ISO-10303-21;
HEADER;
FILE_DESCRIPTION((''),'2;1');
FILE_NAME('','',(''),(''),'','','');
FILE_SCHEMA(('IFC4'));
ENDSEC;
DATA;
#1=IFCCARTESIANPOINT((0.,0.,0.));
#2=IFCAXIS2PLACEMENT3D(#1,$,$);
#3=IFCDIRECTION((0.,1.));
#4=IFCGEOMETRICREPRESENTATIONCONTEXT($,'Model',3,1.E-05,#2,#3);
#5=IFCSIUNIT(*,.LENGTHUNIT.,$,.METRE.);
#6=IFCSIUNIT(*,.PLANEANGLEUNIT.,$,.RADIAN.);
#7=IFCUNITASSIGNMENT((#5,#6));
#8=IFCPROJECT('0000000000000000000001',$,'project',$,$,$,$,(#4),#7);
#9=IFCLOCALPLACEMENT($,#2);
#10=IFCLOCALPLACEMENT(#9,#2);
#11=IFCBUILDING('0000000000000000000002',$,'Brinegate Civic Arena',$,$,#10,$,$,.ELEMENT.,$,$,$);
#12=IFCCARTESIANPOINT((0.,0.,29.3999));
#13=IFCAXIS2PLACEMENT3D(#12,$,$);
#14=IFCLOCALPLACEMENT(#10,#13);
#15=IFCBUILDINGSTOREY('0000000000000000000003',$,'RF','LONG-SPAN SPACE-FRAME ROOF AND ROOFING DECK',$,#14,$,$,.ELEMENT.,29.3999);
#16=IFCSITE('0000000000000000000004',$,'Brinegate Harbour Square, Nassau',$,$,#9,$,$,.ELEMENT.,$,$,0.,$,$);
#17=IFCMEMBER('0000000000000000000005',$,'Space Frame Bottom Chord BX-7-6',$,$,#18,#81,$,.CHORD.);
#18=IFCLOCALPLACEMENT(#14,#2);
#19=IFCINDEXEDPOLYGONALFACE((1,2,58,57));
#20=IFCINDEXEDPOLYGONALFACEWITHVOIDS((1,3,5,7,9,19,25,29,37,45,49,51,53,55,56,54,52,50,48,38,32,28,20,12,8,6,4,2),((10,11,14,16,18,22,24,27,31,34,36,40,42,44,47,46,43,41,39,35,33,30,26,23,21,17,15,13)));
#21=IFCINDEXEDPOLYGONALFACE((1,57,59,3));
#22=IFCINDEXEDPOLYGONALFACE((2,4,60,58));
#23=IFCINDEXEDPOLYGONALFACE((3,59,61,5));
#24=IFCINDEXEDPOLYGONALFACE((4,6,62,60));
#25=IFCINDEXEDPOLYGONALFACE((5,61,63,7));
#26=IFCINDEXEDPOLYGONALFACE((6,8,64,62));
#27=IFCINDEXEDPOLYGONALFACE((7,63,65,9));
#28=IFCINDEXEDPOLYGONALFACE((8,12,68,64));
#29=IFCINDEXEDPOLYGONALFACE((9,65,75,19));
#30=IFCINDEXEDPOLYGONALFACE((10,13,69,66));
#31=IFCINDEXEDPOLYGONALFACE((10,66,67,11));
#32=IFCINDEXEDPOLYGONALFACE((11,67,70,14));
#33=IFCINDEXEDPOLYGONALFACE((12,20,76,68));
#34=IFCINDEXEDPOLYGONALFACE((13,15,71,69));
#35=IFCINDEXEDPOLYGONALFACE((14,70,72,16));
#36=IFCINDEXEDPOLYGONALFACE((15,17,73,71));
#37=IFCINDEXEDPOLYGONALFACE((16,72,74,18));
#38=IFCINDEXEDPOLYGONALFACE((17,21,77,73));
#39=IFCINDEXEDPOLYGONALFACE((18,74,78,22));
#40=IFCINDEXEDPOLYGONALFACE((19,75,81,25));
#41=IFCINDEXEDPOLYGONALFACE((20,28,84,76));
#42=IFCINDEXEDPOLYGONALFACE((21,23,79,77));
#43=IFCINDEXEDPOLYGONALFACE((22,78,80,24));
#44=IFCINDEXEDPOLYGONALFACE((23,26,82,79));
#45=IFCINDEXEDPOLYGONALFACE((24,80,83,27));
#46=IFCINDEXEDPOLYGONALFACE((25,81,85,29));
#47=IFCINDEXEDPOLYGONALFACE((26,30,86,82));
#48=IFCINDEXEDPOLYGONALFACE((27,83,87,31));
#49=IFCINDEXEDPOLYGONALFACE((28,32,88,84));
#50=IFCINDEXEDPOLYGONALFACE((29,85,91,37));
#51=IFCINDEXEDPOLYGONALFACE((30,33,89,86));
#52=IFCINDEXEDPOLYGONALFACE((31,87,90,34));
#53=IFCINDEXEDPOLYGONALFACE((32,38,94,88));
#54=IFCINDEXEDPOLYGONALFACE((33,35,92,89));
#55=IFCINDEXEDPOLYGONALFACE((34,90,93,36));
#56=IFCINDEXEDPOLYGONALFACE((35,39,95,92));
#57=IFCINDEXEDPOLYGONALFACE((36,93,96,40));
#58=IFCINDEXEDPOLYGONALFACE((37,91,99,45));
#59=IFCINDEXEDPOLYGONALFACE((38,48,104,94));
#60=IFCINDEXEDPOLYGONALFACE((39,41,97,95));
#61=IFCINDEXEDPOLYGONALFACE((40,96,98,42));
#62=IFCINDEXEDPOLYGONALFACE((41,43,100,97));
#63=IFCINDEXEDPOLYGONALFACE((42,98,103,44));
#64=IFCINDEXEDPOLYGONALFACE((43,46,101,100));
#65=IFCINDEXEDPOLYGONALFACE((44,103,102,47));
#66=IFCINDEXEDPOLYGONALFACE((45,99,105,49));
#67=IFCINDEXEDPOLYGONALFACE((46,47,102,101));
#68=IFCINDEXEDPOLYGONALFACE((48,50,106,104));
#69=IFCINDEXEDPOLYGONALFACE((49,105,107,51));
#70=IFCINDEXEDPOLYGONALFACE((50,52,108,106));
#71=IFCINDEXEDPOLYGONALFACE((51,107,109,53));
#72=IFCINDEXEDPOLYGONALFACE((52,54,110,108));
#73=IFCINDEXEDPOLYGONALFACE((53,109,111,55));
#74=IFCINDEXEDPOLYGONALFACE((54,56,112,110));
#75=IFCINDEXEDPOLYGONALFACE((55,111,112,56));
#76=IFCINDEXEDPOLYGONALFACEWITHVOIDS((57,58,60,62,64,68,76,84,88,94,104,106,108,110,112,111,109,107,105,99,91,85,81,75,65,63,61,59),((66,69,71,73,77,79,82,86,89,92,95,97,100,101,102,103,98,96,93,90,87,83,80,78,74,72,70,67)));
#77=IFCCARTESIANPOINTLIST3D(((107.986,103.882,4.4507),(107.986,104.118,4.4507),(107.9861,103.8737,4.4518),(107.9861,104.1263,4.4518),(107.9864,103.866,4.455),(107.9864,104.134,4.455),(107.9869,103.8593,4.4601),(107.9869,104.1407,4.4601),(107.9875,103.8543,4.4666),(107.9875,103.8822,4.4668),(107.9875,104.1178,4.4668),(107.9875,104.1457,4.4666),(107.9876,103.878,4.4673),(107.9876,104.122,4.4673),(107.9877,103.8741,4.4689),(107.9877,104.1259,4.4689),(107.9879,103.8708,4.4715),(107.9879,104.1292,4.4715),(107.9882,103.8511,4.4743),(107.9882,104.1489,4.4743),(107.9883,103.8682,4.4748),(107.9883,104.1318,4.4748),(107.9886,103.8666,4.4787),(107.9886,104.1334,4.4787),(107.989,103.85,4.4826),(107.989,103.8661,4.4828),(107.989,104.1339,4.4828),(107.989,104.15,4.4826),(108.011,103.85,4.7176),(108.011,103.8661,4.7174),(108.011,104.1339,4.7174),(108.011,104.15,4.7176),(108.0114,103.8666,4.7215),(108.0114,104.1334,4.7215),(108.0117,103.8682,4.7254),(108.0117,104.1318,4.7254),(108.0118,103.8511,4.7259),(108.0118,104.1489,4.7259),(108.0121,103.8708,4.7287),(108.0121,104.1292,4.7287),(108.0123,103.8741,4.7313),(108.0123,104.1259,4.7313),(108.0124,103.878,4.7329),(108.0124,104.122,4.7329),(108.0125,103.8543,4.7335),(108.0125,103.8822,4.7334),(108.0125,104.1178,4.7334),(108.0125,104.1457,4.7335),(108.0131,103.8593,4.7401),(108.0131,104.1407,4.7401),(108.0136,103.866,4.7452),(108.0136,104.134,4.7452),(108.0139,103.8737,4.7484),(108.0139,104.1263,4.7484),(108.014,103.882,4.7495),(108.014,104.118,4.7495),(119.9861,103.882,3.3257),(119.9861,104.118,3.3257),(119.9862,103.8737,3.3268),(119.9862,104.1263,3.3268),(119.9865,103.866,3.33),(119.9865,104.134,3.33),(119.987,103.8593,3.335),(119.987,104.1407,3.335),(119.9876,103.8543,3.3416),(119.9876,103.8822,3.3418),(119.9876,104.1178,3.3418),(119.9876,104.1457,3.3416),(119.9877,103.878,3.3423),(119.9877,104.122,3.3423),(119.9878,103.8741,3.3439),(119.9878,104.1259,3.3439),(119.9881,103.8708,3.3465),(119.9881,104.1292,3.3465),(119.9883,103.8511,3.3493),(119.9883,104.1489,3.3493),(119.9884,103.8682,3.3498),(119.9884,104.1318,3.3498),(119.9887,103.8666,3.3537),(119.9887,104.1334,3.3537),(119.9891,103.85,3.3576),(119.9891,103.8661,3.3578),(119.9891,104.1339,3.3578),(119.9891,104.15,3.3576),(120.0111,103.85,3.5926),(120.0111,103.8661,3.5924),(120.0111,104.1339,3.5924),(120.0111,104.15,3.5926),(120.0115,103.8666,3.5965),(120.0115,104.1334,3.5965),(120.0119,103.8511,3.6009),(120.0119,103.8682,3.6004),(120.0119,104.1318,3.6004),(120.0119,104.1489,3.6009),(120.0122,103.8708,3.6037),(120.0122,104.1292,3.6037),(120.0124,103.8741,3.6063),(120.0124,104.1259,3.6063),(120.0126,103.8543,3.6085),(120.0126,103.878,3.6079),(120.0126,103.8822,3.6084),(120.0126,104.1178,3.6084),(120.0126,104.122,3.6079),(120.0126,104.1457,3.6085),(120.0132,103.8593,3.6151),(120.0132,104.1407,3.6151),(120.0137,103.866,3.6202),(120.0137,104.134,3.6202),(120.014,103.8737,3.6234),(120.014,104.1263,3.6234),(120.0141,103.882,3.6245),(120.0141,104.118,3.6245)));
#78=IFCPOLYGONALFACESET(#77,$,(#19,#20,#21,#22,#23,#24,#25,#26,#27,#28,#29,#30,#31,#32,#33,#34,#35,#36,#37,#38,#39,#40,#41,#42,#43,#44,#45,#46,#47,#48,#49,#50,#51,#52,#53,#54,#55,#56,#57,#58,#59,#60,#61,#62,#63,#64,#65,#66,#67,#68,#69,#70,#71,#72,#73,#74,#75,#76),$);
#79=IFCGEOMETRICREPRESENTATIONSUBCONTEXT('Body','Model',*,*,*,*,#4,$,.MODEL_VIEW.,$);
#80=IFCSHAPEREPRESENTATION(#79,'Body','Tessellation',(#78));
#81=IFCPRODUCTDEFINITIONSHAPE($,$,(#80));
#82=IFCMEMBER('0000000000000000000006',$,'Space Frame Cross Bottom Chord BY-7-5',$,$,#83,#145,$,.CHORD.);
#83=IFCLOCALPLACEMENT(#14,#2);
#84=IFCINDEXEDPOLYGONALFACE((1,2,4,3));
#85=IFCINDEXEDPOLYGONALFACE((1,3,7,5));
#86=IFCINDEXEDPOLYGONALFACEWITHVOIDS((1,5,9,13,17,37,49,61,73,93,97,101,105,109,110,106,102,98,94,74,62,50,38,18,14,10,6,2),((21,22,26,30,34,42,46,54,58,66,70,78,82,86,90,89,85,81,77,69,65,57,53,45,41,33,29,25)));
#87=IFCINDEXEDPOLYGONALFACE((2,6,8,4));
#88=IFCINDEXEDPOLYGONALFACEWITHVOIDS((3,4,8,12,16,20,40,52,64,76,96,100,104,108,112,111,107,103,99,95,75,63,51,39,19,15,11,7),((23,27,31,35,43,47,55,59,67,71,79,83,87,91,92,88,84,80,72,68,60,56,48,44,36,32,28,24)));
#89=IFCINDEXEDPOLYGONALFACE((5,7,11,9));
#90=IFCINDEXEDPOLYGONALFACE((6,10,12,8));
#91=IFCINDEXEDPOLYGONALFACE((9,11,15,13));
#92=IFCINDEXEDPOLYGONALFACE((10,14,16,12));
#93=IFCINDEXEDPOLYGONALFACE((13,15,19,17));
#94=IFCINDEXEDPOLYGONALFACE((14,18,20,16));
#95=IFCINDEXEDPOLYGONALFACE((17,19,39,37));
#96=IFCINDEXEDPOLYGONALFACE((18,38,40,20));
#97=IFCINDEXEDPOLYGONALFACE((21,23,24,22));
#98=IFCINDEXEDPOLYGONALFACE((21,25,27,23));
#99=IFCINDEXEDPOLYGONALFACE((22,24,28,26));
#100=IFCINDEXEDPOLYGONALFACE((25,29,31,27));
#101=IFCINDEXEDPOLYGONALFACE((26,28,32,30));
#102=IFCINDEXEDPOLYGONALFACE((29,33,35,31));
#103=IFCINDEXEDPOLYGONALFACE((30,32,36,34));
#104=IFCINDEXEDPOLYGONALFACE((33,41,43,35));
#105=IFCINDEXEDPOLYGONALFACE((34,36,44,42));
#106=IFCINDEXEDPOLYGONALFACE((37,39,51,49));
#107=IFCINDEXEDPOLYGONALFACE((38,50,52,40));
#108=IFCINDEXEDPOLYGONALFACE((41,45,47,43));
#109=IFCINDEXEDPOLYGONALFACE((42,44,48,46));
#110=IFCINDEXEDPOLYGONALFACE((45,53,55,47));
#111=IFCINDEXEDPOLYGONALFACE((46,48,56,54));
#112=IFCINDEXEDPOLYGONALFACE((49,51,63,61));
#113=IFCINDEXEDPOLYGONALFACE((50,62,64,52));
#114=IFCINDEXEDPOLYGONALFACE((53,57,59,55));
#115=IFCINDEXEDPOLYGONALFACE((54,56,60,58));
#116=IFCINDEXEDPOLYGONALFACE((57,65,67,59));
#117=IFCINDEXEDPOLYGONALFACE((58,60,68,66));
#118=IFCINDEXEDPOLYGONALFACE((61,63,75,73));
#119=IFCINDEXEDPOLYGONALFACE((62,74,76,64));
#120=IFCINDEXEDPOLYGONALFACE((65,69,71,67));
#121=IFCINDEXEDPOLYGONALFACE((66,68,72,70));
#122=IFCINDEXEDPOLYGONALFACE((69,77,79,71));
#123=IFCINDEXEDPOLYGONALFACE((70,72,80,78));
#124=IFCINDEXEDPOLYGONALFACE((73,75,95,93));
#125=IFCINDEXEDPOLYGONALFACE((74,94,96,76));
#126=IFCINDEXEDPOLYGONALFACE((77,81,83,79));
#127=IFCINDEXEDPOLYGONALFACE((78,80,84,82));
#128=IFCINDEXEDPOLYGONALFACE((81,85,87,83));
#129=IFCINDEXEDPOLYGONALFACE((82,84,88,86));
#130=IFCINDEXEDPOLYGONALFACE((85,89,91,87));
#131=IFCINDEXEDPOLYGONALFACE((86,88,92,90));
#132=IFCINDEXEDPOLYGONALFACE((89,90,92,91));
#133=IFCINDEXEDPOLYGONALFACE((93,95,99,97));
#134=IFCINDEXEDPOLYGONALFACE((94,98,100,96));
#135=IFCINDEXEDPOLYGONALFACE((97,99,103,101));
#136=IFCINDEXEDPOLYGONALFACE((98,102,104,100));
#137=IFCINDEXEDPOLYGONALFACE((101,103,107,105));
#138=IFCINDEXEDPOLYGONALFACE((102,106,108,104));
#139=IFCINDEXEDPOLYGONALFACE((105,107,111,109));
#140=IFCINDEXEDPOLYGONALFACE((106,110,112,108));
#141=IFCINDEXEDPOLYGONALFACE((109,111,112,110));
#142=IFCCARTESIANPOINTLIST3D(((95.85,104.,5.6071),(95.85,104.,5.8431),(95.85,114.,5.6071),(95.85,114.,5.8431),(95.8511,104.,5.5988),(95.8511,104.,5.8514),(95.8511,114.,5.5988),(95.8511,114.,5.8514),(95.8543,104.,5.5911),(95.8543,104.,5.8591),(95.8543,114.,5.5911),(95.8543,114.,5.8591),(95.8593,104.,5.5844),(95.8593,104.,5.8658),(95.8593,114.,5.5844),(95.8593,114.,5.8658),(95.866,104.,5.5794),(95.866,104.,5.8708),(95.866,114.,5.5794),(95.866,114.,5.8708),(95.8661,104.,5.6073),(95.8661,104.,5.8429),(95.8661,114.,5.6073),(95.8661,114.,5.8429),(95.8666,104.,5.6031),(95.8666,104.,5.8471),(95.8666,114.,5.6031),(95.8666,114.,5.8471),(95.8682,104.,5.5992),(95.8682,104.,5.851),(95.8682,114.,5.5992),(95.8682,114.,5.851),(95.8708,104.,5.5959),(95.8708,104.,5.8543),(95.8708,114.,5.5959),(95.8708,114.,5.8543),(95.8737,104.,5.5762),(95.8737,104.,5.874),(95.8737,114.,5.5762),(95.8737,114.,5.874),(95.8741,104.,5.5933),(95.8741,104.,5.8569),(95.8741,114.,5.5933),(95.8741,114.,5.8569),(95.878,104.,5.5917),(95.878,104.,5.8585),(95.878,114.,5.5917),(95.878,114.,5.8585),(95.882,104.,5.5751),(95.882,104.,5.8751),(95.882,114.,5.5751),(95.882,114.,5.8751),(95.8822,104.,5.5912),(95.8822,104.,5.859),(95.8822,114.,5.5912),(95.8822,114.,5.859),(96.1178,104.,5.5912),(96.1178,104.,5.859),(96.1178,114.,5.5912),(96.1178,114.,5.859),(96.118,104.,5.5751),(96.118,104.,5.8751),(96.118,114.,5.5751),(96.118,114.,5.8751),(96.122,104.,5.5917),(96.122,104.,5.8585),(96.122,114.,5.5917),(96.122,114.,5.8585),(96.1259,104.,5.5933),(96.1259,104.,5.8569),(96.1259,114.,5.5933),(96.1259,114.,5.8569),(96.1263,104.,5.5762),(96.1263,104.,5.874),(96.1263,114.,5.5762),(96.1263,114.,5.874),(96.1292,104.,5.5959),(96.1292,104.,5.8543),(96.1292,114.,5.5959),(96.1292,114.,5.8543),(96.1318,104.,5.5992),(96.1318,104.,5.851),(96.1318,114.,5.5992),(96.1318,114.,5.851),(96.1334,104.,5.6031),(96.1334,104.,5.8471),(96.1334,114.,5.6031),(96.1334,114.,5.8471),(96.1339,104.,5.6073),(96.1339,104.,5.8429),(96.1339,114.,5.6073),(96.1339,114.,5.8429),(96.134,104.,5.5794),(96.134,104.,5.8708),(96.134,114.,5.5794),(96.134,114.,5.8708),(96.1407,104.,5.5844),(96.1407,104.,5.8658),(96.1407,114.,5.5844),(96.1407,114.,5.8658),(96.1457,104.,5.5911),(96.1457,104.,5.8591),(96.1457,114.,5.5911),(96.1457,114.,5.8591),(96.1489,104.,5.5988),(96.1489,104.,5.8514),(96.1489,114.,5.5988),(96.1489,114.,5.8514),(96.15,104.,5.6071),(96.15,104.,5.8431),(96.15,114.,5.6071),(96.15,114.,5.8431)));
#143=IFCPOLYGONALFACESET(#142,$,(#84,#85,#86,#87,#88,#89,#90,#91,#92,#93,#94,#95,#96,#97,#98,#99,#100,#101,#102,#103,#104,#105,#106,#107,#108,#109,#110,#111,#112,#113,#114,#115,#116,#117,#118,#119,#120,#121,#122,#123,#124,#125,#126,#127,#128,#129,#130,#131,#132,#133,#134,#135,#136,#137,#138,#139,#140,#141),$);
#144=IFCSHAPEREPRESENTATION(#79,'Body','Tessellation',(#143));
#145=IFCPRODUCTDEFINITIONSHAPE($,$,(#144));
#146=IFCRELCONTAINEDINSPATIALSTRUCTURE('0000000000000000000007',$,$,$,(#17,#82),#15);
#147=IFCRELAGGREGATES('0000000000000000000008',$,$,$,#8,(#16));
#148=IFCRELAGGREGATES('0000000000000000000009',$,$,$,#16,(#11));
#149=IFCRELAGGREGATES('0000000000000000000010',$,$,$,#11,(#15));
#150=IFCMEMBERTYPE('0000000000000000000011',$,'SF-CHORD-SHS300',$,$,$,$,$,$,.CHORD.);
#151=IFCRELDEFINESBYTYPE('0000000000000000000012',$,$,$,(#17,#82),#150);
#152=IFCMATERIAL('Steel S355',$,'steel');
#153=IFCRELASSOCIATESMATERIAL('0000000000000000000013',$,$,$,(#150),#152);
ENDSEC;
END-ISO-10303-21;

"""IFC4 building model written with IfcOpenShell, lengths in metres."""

from ifc_helpers import new_model, si_unit, direction, frame, origin, origin_2d, place, context, subcontext, project, spatial, hollow_rectangle, extrude, material, material_profile, profile_set, type_object, element, save


model = new_model("IFC4")

# Units and contexts
model_context = context("Model", 3, precision=1e-05, world=origin(), true_north=direction((0.0, 1.0)))
body_context = subcontext(model_context, "Body", "Model", "MODEL_VIEW")
ifc_project = project(units=[si_unit("LENGTHUNIT", "METRE"), si_unit("PLANEANGLEUNIT", "RADIAN")], contexts=[model_context])

# Site, building, storey
site_placement = place(None, origin())
site = spatial("IfcSite", under=ifc_project, at=site_placement, Name="Brinegate Harbour Square, Nassau", CompositionType="ELEMENT", RefElevation=0.0)
building_placement = place(site_placement, origin())
building = spatial("IfcBuilding", under=site, at=building_placement, Name="Brinegate Civic Arena", CompositionType="ELEMENT")
storey_placement = place(building_placement, frame((0.0, 0.0, 29.3999)))
storey = spatial("IfcBuildingStorey", under=building, at=storey_placement, Name="RF", Description="LONG-SPAN SPACE-FRAME ROOF AND ROOFING DECK", CompositionType="ELEMENT", Elevation=29.3999)

# Shared definitions
ifc_material_1 = material(Name="Steel S355", Category="steel")

# Members
ifc_material_profile_1 = material_profile(ifc_material_1, hollow_rectangle(XDim=0.3, YDim=0.3, WallThickness=0.0161, InnerFilletRadius=0.0161, OuterFilletRadius=0.032, at=origin_2d()), Name="SHS300X16")
ifc_profile_set_1 = profile_set([ifc_material_profile_1], Name="Steel S355")
member_type_1 = type_object("IfcMemberType", Name="SF-CHORD-SHS300", PredefinedType="CHORD", material=ifc_profile_set_1)
member_1_placement = place(storey_placement, frame((108.0, 104.0, 4.6001), z_axis=(0.995634, 0.0, -0.093341), x_axis=(0.0, 1.0, 0.0)))
element("IfcMember", 1, at=member_1_placement, inside=storey, type_object=member_type_1, Name="Space Frame Bottom Chord BX-7-6", PredefinedType="CHORD", context=body_context, shape_type="SweptSolid", body=[
    extrude(hollow_rectangle(XDim=0.3, YDim=0.3, WallThickness=0.0161, InnerFilletRadius=0.0161, OuterFilletRadius=0.032, at=origin_2d()), origin(), (0.0, 0.0, 1.0), 12.0527),
])
for number, where, z_axis, x_axis, name in (
    (2, (96.0, 104.0, 5.7251), (0.0, 1.0, 0.0), (-1.0, 0.0, 0.0), "Space Frame Cross Bottom Chord BY-7-5"),
):
    element("IfcMember", number, at=place(storey_placement, frame(where, z_axis=z_axis, x_axis=x_axis)), inside=storey, type_object=member_type_1, Name=name, PredefinedType="CHORD", context=body_context, shape_type="SweptSolid", body=[
        extrude(hollow_rectangle(XDim=0.3, YDim=0.3, WallThickness=0.0161, InnerFilletRadius=0.0161, OuterFilletRadius=0.032, at=origin_2d()), origin(), (0.0, 0.0, 1.0), 10.0),
    ])

save(model, "model.ifc")
